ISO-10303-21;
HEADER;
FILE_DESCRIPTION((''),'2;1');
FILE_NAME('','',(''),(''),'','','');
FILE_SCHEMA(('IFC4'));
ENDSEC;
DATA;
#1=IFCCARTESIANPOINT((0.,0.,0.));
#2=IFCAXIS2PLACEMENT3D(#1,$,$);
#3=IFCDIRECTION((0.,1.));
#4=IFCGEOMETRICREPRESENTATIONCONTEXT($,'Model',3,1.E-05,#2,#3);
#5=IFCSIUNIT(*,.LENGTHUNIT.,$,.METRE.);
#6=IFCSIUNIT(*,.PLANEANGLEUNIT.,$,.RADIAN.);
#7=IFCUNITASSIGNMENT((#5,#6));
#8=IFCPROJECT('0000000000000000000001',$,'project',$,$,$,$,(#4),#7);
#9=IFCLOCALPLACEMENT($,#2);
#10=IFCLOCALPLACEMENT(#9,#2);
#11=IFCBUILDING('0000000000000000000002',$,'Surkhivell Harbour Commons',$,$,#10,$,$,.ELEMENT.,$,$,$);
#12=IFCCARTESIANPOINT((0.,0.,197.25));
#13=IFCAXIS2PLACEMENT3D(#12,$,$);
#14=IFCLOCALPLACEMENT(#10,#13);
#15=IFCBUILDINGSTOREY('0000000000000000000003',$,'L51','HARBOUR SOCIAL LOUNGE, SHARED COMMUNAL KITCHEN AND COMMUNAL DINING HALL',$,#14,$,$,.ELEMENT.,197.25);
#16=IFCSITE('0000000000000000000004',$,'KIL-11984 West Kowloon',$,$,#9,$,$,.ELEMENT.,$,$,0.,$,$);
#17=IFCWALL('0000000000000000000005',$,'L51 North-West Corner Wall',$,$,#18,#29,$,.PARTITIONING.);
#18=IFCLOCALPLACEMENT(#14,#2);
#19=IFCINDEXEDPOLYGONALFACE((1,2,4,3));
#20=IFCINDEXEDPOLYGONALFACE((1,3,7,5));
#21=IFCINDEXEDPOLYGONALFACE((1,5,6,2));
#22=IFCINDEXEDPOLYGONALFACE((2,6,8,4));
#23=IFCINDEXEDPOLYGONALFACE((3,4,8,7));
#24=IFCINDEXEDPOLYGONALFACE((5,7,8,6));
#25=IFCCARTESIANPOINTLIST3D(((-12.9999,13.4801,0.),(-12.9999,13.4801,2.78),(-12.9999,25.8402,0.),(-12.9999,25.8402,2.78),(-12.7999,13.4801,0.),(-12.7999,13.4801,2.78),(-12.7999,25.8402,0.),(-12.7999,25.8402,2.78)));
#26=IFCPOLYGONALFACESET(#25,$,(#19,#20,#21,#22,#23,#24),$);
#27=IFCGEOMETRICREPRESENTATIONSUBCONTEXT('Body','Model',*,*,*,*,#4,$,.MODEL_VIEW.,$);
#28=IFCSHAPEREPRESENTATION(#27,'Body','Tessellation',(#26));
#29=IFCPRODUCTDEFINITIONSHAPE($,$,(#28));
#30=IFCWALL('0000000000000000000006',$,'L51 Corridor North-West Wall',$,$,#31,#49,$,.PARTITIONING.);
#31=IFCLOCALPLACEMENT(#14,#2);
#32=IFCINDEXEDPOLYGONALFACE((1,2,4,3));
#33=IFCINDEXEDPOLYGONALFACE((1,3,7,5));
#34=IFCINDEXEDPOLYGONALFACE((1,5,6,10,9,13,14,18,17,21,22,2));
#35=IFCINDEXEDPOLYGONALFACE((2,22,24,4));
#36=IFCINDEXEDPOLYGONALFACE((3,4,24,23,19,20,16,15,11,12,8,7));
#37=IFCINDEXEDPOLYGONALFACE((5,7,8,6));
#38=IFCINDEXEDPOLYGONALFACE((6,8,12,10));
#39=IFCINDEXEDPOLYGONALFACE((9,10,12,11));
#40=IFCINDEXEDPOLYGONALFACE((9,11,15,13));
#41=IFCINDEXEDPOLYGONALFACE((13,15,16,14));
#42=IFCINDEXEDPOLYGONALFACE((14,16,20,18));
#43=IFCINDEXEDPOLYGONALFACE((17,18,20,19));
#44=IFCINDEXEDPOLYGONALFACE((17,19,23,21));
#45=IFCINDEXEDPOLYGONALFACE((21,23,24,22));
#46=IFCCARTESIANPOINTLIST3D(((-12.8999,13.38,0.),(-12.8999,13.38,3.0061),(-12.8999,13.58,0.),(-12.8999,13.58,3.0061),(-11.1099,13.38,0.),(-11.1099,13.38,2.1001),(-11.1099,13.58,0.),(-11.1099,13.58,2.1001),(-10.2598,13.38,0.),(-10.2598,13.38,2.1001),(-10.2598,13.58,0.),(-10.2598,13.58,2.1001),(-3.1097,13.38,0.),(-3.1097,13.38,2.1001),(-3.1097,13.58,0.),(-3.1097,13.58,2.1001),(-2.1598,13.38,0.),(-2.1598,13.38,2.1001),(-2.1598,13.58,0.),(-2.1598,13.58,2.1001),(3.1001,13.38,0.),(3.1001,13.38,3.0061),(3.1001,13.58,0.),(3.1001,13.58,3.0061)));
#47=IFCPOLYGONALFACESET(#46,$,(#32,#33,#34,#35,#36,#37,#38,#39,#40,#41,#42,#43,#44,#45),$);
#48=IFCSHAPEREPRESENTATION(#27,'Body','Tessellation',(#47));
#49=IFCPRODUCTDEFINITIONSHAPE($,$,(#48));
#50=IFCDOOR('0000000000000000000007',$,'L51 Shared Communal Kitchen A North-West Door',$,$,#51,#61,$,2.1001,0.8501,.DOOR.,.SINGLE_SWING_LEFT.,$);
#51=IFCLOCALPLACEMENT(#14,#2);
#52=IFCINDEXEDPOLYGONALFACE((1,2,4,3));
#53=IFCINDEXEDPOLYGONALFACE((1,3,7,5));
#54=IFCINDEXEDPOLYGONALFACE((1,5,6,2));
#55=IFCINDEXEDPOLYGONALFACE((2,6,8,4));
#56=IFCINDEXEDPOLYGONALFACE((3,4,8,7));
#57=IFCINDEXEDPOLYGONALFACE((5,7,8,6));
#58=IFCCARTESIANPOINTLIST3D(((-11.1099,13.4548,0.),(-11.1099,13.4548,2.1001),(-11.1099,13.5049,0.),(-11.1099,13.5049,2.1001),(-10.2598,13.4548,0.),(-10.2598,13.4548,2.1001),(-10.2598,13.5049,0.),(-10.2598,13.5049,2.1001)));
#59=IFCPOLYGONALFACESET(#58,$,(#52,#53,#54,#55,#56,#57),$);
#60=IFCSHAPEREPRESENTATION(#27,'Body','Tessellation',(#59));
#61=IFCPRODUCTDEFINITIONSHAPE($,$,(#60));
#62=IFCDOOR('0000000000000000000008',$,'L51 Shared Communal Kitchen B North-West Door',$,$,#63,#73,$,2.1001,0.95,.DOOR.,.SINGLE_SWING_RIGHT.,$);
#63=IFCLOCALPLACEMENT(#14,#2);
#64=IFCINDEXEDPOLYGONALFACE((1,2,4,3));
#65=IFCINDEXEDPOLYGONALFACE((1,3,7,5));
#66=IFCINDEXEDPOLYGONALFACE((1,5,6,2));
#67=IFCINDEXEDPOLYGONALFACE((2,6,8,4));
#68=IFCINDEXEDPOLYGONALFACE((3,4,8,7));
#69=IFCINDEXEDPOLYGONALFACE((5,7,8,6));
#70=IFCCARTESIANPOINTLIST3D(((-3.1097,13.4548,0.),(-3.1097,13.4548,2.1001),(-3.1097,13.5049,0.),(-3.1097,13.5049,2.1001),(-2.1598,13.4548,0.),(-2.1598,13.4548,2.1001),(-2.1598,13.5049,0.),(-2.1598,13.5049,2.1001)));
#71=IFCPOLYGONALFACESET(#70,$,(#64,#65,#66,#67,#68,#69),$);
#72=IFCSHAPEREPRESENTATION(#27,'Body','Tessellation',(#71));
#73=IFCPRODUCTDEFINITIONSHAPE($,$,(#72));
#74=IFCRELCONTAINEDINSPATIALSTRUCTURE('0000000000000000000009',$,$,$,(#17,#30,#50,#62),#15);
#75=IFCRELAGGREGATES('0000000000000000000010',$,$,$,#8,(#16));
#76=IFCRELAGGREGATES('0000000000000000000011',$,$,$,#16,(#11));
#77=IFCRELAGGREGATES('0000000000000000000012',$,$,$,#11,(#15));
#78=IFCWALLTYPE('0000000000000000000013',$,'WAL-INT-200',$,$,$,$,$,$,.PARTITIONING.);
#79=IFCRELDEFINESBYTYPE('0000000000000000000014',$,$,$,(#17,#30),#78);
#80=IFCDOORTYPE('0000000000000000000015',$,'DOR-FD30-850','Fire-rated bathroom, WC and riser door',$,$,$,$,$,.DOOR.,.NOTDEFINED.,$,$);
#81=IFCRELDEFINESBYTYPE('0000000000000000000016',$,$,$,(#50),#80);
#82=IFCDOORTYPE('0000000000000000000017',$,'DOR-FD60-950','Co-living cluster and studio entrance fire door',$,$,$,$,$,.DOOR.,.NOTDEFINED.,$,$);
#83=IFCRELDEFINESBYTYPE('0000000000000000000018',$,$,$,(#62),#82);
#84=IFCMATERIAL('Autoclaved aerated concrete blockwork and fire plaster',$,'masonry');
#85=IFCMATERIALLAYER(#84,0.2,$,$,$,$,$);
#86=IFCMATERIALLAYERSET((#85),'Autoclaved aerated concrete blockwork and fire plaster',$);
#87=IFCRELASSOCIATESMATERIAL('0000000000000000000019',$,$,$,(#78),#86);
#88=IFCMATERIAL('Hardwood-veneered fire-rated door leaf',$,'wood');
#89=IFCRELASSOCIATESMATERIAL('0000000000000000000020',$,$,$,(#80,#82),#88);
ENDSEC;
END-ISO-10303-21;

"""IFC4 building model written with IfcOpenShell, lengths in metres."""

from ifc_helpers import new_model, si_unit, direction, frame, frame_2d, origin, place, context, subcontext, project, spatial, rectangle, extrude, material, layer, layer_set, type_object, element, fill, save


model = new_model("IFC4")

# Units and contexts
model_context = context("Model", 3, precision=1e-05, world=origin(), true_north=direction((0.0, 1.0)))
body_context = subcontext(model_context, "Body", "Model", "MODEL_VIEW")
ifc_project = project(units=[si_unit("LENGTHUNIT", "METRE"), si_unit("PLANEANGLEUNIT", "RADIAN")], contexts=[model_context])

# Site, building, storey
site_placement = place(None, origin())
site = spatial("IfcSite", under=ifc_project, at=site_placement, Name="KIL-11984 West Kowloon", CompositionType="ELEMENT", RefElevation=0.0)
building_placement = place(site_placement, origin())
building = spatial("IfcBuilding", under=site, at=building_placement, Name="Surkhivell Harbour Commons", CompositionType="ELEMENT")
storey_placement = place(building_placement, frame((0.0, 0.0, 197.25)))
storey = spatial("IfcBuildingStorey", under=building, at=storey_placement, Name="L51", Description="HARBOUR SOCIAL LOUNGE, SHARED COMMUNAL KITCHEN AND COMMUNAL DINING HALL", CompositionType="ELEMENT", Elevation=197.25)

# Shared definitions
ifc_material_1 = material(Name="Hardwood-veneered fire-rated door leaf", Category="wood")

# Wall
ifc_material_2 = material(Name="Autoclaved aerated concrete blockwork and fire plaster", Category="masonry")
ifc_layer_1 = layer(ifc_material_2, 0.2)
ifc_layer_set_1 = layer_set([ifc_layer_1], Name="Autoclaved aerated concrete blockwork and fire plaster")
wall_type_1 = type_object("IfcWallType", Name="WAL-INT-200", PredefinedType="PARTITIONING", material=ifc_layer_set_1)
wall_1_placement = place(storey_placement, frame((-12.8999, 13.48, 0.0), z_axis=(0.0, 0.0, 1.0), x_axis=(0.0, 1.0, 0.0)))
element("IfcWall", 1, at=wall_1_placement, inside=storey, type_object=wall_type_1, Name="L51 North-West Corner Wall", PredefinedType="PARTITIONING", context=body_context, shape_type="SweptSolid", body=[
    extrude(rectangle(XDim=12.3601, YDim=0.2, at=frame_2d((6.1802, 0.0))), origin(), (0.0, 0.0, 1.0), 2.78),
])

# Wall, openings, doors
wall_2_placement = place(storey_placement, frame((-12.8999, 13.48, 0.0), z_axis=(0.0, 0.0, 1.0), x_axis=(1.0, 0.0, 0.0)))
wall_2 = element("IfcWall", 2, at=wall_2_placement, inside=storey, type_object=wall_type_1, Name="L51 Corridor North-West Wall", PredefinedType="PARTITIONING", context=body_context, shape_type="SweptSolid", body=[
    extrude(rectangle(XDim=16.0, YDim=0.2, at=frame_2d((8.0, 0.0))), origin(), (0.0, 0.0, 1.0), 3.0061),
])
opening_1_placement = place(wall_2_placement, frame((1.79, 0.0, 0.0)))
opening_1 = element("IfcOpeningElement", 3, at=opening_1_placement, cuts=wall_2, PredefinedType="OPENING", context=body_context, shape_type="SweptSolid", body=[
    extrude(rectangle(XDim=0.8501, YDim=2.1001, at=frame_2d((0.425, 1.05))), frame((0.0, 0.1099, 0.0), z_axis=(0.0, -1.0, 0.0), x_axis=(1.0, 0.0, 0.0)), (0.0, 0.0, 1.0), 0.22),
])
opening_2_placement = place(wall_2_placement, frame((9.79, 0.0, 0.0)))
opening_2 = element("IfcOpeningElement", 4, at=opening_2_placement, cuts=wall_2, PredefinedType="OPENING", context=body_context, shape_type="SweptSolid", body=[
    extrude(rectangle(XDim=0.95, YDim=2.1001, at=frame_2d((0.4751, 1.05))), frame((0.0, 0.1099, 0.0), z_axis=(0.0, -1.0, 0.0), x_axis=(1.0, 0.0, 0.0)), (0.0, 0.0, 1.0), 0.22),
])
door_type_1 = type_object("IfcDoorType", Name="DOR-FD30-850", Description="Fire-rated bathroom, WC and riser door", OperationType="NOTDEFINED", PredefinedType="DOOR", material=ifc_material_1)
door_1_placement = place(opening_1_placement, origin())
door_1 = element("IfcDoor", 5, at=door_1_placement, inside=storey, type_object=door_type_1, Name="L51 Shared Communal Kitchen A North-West Door", OperationType="SINGLE_SWING_LEFT", OverallHeight=2.1001, OverallWidth=0.8501, PredefinedType="DOOR", context=body_context, shape_type="SweptSolid", body=[
    extrude(rectangle(XDim=0.8501, YDim=2.1001, at=frame_2d((0.425, 1.05))), frame((0.0, 0.0249, 0.0), z_axis=(0.0, -1.0, 0.0), x_axis=(1.0, 0.0, 0.0)), (0.0, 0.0, 1.0), 0.05),
])
fill(opening_1, door_1)
door_type_2 = type_object("IfcDoorType", Name="DOR-FD60-950", Description="Co-living cluster and studio entrance fire door", OperationType="NOTDEFINED", PredefinedType="DOOR", material=ifc_material_1)
door_2_placement = place(opening_2_placement, origin())
door_2 = element("IfcDoor", 6, at=door_2_placement, inside=storey, type_object=door_type_2, Name="L51 Shared Communal Kitchen B North-West Door", OperationType="SINGLE_SWING_RIGHT", OverallHeight=2.1001, OverallWidth=0.95, PredefinedType="DOOR", context=body_context, shape_type="SweptSolid", body=[
    extrude(rectangle(XDim=0.95, YDim=2.1001, at=frame_2d((0.4751, 1.05))), frame((0.0, 0.0249, 0.0), z_axis=(0.0, -1.0, 0.0), x_axis=(1.0, 0.0, 0.0)), (0.0, 0.0, 1.0), 0.05),
])
fill(opening_2, door_2)

save(model, "model.ifc")
